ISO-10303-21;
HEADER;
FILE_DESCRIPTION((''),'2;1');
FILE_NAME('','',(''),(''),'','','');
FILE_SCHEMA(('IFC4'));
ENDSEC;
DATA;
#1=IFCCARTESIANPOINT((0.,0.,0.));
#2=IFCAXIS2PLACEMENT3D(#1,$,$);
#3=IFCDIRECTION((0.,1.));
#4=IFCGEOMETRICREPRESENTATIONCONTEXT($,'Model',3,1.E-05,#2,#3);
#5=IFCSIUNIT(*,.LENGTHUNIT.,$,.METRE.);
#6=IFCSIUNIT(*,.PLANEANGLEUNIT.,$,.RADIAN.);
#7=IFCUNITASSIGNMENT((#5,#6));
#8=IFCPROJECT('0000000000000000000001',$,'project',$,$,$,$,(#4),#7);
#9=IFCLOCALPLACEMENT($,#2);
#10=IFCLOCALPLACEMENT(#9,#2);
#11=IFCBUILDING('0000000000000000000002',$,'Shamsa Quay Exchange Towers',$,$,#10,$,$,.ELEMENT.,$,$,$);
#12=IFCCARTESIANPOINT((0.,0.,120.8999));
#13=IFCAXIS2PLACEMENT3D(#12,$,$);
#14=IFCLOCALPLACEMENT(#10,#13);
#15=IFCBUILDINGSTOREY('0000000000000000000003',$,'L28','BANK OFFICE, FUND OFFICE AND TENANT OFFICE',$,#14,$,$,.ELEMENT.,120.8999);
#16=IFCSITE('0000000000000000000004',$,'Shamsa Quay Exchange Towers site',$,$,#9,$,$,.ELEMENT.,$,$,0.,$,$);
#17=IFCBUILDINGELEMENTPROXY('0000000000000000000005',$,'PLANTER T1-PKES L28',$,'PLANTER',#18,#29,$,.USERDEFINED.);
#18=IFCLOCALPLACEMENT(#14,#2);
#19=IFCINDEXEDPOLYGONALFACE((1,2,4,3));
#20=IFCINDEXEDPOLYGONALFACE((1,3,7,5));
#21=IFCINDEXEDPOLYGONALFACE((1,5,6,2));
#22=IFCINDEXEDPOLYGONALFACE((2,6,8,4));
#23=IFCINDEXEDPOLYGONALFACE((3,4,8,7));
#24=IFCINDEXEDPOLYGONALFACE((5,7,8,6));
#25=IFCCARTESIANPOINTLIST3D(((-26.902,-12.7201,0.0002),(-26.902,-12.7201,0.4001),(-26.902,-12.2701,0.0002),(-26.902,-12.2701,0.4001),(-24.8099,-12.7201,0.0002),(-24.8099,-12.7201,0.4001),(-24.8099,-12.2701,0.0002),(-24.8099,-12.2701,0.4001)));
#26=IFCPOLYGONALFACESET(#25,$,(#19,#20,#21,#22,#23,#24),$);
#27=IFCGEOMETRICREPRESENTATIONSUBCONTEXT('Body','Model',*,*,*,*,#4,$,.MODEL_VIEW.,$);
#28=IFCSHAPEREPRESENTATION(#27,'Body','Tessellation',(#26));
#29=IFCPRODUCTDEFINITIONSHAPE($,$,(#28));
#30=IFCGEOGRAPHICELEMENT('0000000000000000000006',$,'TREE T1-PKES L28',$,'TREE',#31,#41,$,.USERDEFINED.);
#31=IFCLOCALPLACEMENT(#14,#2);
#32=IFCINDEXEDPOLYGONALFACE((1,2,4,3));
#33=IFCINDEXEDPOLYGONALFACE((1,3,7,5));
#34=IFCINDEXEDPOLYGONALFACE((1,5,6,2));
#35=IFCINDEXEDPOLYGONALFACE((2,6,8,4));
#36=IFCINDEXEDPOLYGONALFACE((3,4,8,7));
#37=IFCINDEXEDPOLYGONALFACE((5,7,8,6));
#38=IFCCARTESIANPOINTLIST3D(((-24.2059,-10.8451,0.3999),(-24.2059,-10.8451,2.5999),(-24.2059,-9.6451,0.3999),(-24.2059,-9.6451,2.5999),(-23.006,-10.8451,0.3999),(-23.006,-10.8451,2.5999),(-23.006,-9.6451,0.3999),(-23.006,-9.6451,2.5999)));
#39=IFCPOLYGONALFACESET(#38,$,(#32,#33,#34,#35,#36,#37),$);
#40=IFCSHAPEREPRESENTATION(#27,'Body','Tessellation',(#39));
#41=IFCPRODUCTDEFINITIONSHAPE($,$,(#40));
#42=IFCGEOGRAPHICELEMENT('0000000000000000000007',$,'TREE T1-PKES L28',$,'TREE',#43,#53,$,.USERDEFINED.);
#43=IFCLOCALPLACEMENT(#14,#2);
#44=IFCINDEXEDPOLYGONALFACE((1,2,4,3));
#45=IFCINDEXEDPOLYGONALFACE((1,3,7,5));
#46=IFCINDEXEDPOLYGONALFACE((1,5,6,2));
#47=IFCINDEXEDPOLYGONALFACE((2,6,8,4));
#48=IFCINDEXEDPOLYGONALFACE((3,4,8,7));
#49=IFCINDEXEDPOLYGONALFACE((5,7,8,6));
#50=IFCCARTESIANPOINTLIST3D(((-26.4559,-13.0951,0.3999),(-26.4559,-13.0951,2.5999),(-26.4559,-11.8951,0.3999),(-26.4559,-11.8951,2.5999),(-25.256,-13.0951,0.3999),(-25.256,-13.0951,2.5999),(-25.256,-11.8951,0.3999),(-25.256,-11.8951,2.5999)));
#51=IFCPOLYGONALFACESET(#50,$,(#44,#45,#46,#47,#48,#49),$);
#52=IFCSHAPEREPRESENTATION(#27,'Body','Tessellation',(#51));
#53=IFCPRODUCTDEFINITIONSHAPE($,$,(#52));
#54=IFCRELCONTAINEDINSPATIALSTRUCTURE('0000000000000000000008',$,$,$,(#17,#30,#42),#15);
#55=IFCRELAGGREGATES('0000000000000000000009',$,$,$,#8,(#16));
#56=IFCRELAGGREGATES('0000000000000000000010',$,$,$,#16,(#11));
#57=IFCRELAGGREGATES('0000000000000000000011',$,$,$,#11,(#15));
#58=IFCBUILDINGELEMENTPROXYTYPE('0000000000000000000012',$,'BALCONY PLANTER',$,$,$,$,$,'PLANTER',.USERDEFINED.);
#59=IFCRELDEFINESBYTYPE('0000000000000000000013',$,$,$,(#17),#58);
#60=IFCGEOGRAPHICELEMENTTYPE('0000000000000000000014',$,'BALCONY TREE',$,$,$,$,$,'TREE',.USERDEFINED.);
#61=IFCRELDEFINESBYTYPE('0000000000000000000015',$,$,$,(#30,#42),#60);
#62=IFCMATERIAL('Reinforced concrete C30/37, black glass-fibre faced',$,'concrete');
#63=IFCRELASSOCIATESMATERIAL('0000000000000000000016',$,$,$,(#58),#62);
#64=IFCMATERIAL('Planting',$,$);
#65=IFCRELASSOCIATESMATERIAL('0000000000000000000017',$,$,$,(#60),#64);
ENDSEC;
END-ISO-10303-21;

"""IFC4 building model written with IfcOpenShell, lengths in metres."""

from ifc_helpers import new_model, si_unit, direction, frame, origin, origin_2d, place, context, subcontext, project, spatial, rectangle, extrude, material, type_object, element, save


model = new_model("IFC4")

# Units and contexts
model_context = context("Model", 3, precision=1e-05, world=origin(), true_north=direction((0.0, 1.0)))
body_context = subcontext(model_context, "Body", "Model", "MODEL_VIEW")
ifc_project = project(units=[si_unit("LENGTHUNIT", "METRE"), si_unit("PLANEANGLEUNIT", "RADIAN")], contexts=[model_context])

# Site, building, storey
site_placement = place(None, origin())
site = spatial("IfcSite", under=ifc_project, at=site_placement, Name="Shamsa Quay Exchange Towers site", CompositionType="ELEMENT", RefElevation=0.0)
building_placement = place(site_placement, origin())
building = spatial("IfcBuilding", under=site, at=building_placement, Name="Shamsa Quay Exchange Towers", CompositionType="ELEMENT")
storey_placement = place(building_placement, frame((0.0, 0.0, 120.8999)))
storey = spatial("IfcBuildingStorey", under=building, at=storey_placement, Name="L28", Description="BANK OFFICE, FUND OFFICE AND TENANT OFFICE", CompositionType="ELEMENT", Elevation=120.8999)

# Building element proxy
ifc_material_1 = material(Name="Reinforced concrete C30/37, black glass-fibre faced", Category="concrete")
building_element_proxy_type = type_object("IfcBuildingElementProxyType", Name="BALCONY PLANTER", ElementType="PLANTER", PredefinedType="USERDEFINED", material=ifc_material_1)
for number, where, name in (
    (1, (-25.856, -12.4951, 0.0002), "PLANTER T1-PKES L28"),
):
    element("IfcBuildingElementProxy", number, at=place(storey_placement, frame(where)), inside=storey, type_object=building_element_proxy_type, Name=name, ObjectType="PLANTER", PredefinedType="USERDEFINED", context=body_context, shape_type="SweptSolid", body=[
        extrude(rectangle(XDim=2.092, YDim=0.45, at=origin_2d()), origin(), (0.0, 0.0, 1.0), 0.3999),
    ])

# Geographic elements
ifc_material_2 = material(Name="Planting")
geographic_element_type = type_object("IfcGeographicElementType", Name="BALCONY TREE", ElementType="TREE", PredefinedType="USERDEFINED", material=ifc_material_2)
for number, where, name in (
    (2, (-23.606, -10.2451, 0.3999), "TREE T1-PKES L28"),
    (3, (-25.856, -12.4951, 0.3999), "TREE T1-PKES L28"),
):
    element("IfcGeographicElement", number, at=place(storey_placement, frame(where)), inside=storey, type_object=geographic_element_type, Name=name, ObjectType="TREE", PredefinedType="USERDEFINED", context=body_context, shape_type="SweptSolid", body=[
        extrude(rectangle(XDim=1.2, YDim=1.2, at=origin_2d()), origin(), (0.0, 0.0, 1.0), 2.2),
    ])

save(model, "model.ifc")
